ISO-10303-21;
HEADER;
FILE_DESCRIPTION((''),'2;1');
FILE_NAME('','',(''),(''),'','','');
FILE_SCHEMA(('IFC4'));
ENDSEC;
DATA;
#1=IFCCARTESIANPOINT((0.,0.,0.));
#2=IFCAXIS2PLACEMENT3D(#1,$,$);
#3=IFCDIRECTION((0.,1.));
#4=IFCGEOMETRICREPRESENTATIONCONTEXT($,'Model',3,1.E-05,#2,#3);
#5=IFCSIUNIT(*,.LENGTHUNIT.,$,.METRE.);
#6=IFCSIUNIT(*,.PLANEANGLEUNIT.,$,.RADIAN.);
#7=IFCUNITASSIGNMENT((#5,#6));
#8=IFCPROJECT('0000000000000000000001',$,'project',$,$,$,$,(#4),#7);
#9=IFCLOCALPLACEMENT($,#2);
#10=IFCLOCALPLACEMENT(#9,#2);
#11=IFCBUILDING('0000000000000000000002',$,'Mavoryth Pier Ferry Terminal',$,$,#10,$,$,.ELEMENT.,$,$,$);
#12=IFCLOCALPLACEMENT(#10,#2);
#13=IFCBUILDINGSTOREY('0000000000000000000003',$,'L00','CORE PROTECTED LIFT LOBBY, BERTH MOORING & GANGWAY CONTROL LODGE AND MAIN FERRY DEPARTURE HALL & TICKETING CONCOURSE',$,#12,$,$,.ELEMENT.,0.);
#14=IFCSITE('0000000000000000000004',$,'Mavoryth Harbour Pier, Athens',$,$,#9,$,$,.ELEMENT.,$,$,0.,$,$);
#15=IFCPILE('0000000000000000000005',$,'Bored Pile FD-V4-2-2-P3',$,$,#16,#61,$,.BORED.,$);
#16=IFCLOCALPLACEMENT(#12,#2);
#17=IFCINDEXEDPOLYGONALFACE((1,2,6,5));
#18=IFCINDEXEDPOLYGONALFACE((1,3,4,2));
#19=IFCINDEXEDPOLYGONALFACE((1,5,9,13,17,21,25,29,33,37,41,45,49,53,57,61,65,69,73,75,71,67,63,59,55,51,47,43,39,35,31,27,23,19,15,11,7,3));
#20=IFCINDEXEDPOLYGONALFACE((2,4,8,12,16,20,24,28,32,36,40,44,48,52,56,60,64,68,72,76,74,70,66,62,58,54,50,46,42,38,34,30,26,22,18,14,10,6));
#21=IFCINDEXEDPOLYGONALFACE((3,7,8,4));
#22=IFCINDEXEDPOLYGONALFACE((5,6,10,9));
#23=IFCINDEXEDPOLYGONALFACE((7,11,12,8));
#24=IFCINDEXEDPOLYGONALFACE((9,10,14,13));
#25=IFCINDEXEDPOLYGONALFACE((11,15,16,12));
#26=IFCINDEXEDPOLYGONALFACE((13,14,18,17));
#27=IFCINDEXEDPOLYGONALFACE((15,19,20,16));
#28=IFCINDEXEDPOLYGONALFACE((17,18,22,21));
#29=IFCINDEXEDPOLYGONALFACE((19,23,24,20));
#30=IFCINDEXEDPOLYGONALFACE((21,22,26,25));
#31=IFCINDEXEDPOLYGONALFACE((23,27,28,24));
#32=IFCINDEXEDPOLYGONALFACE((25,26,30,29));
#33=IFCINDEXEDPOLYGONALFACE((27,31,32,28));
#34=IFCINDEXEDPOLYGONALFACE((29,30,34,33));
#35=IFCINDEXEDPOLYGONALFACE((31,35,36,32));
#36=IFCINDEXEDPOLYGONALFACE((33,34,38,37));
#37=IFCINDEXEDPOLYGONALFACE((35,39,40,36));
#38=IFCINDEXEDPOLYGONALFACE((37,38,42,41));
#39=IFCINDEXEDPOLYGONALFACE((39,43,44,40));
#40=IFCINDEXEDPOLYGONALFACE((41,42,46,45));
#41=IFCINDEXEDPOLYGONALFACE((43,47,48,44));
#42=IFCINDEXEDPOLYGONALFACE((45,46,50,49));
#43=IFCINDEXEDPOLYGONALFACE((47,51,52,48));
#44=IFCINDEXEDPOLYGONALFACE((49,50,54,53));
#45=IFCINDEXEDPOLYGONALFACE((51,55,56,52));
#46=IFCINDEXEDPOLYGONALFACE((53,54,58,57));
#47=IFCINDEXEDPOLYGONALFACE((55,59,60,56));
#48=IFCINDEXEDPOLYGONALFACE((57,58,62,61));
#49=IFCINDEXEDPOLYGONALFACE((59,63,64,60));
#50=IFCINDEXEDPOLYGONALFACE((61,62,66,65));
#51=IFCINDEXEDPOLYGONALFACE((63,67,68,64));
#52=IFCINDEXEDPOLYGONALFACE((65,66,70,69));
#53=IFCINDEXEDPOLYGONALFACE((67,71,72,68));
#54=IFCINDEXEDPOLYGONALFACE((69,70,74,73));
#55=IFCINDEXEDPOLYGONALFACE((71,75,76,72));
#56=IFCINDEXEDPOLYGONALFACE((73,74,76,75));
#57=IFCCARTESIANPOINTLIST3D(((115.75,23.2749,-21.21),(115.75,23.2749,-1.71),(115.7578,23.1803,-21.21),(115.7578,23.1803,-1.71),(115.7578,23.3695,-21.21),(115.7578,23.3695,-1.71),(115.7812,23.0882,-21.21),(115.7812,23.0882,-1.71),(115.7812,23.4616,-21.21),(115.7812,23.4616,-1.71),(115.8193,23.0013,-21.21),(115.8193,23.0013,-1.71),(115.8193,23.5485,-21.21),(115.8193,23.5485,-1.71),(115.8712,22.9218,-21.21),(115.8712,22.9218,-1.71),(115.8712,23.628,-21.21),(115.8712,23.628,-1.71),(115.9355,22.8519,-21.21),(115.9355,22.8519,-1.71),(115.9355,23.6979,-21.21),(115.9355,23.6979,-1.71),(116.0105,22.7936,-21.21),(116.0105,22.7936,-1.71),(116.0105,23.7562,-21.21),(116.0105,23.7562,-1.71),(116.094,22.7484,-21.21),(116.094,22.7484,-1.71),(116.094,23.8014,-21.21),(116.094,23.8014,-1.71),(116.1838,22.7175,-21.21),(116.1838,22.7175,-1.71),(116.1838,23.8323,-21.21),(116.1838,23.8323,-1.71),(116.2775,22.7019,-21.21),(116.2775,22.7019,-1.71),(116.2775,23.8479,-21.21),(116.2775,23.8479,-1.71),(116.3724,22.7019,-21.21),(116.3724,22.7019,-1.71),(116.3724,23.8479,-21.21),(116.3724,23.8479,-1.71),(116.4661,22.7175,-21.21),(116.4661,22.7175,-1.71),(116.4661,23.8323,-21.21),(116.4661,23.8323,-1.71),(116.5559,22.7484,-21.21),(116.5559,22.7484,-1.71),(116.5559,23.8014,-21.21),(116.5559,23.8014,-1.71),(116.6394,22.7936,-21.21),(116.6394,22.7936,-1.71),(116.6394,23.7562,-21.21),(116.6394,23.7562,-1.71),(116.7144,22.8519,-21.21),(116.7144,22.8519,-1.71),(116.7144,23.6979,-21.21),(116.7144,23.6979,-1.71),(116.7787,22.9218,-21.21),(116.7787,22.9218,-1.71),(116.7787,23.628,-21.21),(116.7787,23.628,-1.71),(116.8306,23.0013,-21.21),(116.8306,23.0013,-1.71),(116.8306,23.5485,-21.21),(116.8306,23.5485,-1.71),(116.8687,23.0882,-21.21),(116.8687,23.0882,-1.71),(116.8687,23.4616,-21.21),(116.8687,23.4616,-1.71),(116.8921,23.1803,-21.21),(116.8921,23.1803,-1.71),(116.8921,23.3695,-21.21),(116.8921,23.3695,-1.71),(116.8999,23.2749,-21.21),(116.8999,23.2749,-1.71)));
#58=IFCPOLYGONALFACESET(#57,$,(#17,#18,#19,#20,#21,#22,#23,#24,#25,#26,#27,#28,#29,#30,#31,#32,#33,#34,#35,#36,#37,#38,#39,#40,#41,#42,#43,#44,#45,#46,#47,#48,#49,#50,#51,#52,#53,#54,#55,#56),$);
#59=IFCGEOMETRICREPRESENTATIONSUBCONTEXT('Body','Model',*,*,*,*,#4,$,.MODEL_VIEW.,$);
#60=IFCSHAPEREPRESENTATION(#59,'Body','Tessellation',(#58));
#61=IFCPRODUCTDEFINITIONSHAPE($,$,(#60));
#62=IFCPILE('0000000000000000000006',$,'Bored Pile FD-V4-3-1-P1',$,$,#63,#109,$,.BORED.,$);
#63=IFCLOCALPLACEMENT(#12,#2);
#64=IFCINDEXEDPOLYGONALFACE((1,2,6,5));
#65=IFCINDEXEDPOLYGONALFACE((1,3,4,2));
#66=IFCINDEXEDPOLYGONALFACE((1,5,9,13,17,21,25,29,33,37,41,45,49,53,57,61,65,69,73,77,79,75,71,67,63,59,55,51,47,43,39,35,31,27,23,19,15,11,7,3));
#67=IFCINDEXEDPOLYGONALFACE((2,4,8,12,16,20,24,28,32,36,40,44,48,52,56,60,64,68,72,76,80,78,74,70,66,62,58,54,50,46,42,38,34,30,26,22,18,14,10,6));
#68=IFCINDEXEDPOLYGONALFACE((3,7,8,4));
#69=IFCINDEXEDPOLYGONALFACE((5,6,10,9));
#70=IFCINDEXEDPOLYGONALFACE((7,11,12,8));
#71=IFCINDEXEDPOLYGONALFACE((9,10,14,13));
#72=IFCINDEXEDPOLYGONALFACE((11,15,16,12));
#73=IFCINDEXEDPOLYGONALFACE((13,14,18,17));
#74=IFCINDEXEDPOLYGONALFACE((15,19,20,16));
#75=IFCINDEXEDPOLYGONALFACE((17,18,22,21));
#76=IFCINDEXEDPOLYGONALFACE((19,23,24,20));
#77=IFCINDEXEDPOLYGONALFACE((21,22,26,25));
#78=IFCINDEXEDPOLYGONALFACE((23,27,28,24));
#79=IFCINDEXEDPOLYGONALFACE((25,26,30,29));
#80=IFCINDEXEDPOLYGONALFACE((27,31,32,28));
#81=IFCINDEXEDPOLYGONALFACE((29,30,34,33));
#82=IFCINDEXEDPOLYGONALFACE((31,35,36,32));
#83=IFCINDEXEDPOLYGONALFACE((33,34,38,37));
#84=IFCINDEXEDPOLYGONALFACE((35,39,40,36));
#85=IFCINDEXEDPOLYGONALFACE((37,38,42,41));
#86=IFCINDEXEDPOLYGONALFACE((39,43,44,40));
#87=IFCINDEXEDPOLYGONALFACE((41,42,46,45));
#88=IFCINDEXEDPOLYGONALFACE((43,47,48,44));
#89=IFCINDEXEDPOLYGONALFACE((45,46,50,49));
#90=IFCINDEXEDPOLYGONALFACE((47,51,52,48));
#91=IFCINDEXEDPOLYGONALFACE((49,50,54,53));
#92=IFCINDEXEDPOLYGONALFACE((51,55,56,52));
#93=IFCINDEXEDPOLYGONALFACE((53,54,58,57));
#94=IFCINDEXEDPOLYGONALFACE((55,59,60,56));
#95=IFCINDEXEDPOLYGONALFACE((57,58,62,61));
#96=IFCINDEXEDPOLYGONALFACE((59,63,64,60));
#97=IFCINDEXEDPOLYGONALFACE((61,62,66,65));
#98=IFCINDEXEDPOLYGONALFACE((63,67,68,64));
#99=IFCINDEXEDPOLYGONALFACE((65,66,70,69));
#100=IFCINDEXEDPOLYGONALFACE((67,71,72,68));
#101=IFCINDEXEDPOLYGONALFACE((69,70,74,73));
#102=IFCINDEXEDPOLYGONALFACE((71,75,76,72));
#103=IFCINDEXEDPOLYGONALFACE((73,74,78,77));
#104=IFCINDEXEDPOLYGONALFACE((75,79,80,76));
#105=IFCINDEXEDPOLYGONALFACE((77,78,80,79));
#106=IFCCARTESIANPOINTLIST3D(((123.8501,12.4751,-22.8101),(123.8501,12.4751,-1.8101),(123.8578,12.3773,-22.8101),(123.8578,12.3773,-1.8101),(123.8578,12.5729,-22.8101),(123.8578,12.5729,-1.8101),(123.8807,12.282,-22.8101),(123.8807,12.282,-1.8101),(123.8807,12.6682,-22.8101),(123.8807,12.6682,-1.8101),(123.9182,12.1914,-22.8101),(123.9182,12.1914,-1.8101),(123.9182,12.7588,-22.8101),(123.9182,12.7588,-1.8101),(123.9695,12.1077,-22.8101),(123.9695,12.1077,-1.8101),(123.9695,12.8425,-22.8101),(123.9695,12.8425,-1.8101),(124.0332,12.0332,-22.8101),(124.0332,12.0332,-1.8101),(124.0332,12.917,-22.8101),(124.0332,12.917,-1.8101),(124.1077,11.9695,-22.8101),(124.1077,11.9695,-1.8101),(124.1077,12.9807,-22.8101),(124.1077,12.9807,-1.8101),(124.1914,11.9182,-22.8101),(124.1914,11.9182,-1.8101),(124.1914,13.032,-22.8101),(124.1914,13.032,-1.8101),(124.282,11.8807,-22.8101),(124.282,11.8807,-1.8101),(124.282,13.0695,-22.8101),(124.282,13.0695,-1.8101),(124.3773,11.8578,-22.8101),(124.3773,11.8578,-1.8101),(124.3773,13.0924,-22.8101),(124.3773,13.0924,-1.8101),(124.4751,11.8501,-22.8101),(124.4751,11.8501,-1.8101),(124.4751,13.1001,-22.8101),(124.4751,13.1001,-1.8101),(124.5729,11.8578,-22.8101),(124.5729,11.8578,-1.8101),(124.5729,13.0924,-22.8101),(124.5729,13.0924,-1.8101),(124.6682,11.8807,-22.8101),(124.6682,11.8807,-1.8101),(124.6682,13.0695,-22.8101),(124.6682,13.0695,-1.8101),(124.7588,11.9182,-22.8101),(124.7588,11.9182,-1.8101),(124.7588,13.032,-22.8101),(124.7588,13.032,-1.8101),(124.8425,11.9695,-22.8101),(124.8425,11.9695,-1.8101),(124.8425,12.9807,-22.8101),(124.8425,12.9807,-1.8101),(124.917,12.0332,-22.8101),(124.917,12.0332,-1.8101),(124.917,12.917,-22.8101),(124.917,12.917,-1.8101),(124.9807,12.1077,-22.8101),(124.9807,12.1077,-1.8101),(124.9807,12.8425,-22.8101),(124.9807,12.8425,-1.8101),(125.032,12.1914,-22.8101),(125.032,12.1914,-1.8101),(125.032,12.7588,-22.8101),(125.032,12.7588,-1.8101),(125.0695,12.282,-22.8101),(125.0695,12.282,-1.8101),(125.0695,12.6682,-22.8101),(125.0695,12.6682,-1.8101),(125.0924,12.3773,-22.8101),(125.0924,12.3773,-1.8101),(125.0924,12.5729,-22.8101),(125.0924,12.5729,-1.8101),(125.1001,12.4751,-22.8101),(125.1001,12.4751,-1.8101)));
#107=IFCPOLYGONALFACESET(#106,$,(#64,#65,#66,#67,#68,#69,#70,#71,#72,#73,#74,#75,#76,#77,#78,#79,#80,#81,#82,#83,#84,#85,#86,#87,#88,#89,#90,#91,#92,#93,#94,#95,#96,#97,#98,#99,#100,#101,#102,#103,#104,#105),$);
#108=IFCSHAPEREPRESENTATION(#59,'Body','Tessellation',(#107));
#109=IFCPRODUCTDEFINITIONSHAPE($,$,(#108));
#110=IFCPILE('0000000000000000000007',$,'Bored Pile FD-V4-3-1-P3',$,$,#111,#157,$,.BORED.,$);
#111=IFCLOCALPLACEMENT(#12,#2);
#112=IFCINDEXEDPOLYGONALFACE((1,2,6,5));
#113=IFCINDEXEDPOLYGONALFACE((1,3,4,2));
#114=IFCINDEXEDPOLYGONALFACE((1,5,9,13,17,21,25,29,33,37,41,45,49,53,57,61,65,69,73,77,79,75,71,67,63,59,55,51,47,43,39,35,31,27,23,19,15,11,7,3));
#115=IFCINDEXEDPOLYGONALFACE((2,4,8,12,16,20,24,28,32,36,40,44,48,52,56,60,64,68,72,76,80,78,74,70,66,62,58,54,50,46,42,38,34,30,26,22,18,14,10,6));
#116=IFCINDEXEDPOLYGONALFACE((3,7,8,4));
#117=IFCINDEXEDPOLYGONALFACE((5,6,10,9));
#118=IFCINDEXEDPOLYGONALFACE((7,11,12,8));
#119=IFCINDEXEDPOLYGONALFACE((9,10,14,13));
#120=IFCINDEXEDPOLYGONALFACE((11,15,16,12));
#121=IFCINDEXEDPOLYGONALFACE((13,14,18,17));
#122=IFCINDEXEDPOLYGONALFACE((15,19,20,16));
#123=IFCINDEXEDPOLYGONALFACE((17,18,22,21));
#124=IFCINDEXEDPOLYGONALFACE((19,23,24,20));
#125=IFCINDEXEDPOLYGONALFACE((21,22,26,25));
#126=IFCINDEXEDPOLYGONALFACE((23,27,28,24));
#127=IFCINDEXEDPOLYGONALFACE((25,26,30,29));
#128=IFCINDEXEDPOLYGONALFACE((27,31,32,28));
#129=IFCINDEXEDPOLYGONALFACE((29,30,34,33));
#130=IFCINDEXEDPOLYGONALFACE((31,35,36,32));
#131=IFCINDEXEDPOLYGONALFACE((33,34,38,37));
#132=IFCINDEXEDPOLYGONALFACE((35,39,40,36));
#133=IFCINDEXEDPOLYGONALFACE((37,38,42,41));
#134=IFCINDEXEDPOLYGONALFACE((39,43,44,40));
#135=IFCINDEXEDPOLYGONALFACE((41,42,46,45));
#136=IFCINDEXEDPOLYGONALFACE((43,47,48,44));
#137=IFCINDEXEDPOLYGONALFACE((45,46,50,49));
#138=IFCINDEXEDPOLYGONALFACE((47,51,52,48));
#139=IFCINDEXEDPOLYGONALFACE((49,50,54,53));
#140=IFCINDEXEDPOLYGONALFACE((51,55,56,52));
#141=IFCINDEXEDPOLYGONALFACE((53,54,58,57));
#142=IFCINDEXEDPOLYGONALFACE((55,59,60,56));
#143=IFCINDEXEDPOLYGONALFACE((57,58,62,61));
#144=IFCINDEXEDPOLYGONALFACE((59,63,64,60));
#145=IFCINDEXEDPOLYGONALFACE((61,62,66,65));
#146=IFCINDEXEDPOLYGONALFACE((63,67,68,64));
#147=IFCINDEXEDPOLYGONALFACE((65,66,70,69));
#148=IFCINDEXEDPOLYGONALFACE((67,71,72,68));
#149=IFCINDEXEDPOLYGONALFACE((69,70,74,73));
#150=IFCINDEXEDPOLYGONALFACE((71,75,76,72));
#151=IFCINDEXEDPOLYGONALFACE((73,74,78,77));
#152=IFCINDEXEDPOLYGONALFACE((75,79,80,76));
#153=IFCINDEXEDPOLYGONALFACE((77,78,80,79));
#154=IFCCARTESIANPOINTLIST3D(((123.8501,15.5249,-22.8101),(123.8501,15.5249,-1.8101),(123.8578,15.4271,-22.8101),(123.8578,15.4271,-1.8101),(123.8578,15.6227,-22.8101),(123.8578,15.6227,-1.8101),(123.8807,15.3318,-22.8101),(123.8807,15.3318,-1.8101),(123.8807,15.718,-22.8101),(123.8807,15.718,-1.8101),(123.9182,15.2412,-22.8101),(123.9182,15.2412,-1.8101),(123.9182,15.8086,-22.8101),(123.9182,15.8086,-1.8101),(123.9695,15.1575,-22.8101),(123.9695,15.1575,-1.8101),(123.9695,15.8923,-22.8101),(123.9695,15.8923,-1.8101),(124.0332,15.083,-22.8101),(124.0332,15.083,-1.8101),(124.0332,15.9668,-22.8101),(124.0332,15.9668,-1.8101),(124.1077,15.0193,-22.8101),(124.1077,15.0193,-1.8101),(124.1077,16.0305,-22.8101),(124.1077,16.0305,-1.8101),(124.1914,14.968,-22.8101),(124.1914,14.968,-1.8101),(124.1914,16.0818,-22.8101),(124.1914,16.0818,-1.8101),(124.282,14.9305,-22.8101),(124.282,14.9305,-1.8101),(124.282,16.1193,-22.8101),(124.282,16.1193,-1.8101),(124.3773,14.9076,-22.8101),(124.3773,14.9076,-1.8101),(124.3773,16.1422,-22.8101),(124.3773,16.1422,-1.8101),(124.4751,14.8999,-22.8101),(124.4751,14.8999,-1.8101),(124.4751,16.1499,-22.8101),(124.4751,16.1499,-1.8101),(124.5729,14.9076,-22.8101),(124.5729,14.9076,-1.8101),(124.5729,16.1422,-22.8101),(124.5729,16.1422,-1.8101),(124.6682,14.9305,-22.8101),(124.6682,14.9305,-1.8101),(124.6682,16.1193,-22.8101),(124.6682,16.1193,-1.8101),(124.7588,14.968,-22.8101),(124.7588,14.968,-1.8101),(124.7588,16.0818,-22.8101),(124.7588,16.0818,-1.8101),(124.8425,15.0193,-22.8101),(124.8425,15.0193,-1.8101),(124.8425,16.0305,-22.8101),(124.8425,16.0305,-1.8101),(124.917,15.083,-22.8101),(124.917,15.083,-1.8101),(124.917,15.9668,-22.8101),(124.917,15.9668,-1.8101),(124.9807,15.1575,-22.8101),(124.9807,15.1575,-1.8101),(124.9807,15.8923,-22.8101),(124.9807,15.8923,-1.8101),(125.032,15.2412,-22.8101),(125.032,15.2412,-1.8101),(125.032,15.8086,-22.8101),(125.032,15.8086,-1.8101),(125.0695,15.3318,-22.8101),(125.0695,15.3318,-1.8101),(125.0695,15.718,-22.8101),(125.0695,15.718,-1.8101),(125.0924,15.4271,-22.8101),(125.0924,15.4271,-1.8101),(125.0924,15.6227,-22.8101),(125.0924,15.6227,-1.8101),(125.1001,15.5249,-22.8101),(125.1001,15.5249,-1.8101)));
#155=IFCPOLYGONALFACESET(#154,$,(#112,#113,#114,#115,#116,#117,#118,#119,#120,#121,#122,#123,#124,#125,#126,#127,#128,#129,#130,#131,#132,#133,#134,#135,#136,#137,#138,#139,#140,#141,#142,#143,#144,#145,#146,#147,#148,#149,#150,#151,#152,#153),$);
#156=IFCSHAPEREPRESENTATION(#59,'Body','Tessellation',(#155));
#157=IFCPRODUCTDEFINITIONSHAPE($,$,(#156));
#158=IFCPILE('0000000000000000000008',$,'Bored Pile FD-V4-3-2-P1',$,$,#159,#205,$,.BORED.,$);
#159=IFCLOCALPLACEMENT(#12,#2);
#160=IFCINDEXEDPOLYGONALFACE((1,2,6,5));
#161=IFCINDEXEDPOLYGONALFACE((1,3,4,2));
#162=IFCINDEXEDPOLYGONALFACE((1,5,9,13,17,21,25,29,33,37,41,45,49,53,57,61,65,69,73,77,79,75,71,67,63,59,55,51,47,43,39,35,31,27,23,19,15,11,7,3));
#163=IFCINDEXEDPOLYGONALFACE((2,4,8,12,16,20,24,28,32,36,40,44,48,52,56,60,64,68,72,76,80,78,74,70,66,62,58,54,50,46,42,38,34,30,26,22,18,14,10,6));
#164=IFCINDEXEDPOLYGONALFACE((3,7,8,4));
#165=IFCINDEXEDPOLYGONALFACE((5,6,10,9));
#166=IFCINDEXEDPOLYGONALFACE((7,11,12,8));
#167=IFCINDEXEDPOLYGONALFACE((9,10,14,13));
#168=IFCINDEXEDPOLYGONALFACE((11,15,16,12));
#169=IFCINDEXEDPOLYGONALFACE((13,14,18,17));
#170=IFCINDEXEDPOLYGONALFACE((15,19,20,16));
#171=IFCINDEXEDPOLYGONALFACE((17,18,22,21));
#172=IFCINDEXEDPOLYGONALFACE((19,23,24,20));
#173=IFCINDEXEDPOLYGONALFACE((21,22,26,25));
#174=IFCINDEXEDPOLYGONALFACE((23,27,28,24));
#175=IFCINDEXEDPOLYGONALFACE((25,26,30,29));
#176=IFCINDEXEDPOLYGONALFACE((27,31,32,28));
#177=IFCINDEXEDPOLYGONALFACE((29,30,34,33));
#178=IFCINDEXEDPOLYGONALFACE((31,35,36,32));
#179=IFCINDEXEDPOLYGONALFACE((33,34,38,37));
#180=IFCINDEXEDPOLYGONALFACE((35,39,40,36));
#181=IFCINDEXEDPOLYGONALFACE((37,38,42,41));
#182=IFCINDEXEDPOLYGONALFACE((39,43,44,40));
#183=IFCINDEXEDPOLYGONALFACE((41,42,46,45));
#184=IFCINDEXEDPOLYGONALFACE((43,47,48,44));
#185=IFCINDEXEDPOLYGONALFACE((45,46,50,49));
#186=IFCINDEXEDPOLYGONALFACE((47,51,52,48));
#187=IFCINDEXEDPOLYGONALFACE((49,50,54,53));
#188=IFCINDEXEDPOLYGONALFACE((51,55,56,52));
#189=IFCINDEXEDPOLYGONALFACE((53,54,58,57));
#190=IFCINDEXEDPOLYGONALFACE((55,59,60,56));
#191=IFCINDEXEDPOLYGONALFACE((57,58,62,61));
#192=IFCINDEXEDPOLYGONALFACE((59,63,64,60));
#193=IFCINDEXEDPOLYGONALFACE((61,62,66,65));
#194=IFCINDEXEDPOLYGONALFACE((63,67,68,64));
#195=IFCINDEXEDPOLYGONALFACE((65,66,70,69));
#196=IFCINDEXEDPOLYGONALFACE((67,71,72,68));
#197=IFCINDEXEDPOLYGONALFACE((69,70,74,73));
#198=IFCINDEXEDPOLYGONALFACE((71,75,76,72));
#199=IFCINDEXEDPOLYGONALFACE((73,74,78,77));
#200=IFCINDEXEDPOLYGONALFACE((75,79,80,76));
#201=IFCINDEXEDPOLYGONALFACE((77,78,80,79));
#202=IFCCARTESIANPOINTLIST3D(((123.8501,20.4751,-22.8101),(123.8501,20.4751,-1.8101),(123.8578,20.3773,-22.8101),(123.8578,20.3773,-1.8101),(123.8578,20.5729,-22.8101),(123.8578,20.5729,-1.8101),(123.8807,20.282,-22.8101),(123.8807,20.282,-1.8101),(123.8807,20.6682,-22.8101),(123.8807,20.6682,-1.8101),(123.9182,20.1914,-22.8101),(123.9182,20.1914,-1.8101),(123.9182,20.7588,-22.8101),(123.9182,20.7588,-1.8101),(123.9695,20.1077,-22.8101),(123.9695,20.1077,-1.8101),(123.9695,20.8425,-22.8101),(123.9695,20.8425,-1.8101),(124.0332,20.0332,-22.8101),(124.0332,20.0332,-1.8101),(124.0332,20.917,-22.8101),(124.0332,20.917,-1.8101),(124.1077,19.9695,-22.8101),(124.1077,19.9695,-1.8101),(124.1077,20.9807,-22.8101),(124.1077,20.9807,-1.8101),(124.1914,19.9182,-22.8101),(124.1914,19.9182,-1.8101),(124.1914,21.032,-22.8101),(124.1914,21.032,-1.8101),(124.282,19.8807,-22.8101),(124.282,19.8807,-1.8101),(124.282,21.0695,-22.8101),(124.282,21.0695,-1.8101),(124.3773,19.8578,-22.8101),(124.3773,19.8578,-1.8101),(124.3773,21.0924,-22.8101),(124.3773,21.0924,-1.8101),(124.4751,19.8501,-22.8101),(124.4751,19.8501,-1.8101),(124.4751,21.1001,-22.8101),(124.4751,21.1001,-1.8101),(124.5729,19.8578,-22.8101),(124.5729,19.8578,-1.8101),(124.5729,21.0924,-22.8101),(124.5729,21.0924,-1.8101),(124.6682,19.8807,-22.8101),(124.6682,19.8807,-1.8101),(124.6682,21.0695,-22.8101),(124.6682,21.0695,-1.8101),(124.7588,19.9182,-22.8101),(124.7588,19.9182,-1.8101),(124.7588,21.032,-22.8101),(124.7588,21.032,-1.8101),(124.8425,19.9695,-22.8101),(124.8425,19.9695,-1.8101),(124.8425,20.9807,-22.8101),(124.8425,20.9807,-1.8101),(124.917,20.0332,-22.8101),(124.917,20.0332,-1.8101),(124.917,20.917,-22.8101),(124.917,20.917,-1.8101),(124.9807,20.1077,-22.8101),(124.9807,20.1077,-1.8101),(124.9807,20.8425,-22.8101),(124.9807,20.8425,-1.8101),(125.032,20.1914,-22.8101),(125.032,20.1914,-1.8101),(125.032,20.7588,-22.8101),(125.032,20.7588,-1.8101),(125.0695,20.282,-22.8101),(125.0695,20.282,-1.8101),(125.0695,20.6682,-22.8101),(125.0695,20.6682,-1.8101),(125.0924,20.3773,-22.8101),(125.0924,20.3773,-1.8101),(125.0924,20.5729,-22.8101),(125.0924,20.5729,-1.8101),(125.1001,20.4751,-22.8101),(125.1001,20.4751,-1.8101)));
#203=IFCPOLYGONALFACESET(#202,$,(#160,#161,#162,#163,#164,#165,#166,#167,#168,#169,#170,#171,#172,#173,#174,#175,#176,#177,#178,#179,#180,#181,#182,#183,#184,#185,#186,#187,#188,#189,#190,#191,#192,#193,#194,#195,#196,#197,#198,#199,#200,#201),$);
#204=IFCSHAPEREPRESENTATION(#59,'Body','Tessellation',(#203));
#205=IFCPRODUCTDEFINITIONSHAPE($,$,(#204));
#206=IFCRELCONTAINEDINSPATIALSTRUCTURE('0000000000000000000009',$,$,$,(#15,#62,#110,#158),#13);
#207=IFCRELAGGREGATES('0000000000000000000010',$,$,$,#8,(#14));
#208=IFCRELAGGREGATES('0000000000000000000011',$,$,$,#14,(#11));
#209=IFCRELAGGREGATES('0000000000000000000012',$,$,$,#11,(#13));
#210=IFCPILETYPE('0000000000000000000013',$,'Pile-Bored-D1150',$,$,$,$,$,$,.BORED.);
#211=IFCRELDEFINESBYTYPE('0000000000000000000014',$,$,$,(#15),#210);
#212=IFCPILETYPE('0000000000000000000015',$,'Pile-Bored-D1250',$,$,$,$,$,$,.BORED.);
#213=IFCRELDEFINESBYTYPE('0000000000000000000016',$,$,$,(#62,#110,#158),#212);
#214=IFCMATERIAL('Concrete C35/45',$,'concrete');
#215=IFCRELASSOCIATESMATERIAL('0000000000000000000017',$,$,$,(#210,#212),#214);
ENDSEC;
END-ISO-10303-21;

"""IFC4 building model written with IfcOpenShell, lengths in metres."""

from ifc_helpers import new_model, si_unit, direction, frame, origin, origin_2d, place, context, subcontext, project, spatial, circle, extrude, material, material_profile, profile_set, type_object, element, save


model = new_model("IFC4")

# Units and contexts
model_context = context("Model", 3, precision=1e-05, world=origin(), true_north=direction((0.0, 1.0)))
body_context = subcontext(model_context, "Body", "Model", "MODEL_VIEW")
ifc_project = project(units=[si_unit("LENGTHUNIT", "METRE"), si_unit("PLANEANGLEUNIT", "RADIAN")], contexts=[model_context])

# Site, building, storey
site_placement = place(None, origin())
site = spatial("IfcSite", under=ifc_project, at=site_placement, Name="Mavoryth Harbour Pier, Athens", CompositionType="ELEMENT", RefElevation=0.0)
building_placement = place(site_placement, origin())
building = spatial("IfcBuilding", under=site, at=building_placement, Name="Mavoryth Pier Ferry Terminal", CompositionType="ELEMENT")
storey_placement = place(building_placement, origin())
storey = spatial("IfcBuildingStorey", under=building, at=storey_placement, Name="L00", Description="CORE PROTECTED LIFT LOBBY, BERTH MOORING & GANGWAY CONTROL LODGE AND MAIN FERRY DEPARTURE HALL & TICKETING CONCOURSE", CompositionType="ELEMENT", Elevation=0.0)

# Shared definitions
ifc_material_1 = material(Name="Concrete C35/45", Category="concrete")

# Piles
ifc_material_profile_1 = material_profile(ifc_material_1, circle(Radius=0.575, at=origin_2d()), Name="PILE D1150", Category="concrete")
ifc_profile_set_1 = profile_set([ifc_material_profile_1], Name="Concrete C35/45 - PILE D1150")
pile_type_1 = type_object("IfcPileType", Name="Pile-Bored-D1150", PredefinedType="BORED", material=ifc_profile_set_1)
for number, where, z_axis, x_axis, name in (
    (1, (116.325, 23.2749, -1.71), (0.0, 0.0, -1.0), (1.0, 0.0, 0.0), "Bored Pile FD-V4-2-2-P3"),
):
    element("IfcPile", number, at=place(storey_placement, frame(where, z_axis=z_axis, x_axis=x_axis)), inside=storey, type_object=pile_type_1, Name=name, PredefinedType="BORED", context=body_context, shape_type="SweptSolid", body=[
        extrude(circle(Radius=0.575, at=origin_2d()), origin(), (0.0, 0.0, 1.0), 19.5),
    ])
ifc_material_profile_2 = material_profile(ifc_material_1, circle(Radius=0.625, at=origin_2d()), Name="PILE D1250", Category="concrete")
ifc_profile_set_2 = profile_set([ifc_material_profile_2], Name="Concrete C35/45 - PILE D1250")
pile_type_2 = type_object("IfcPileType", Name="Pile-Bored-D1250", PredefinedType="BORED", material=ifc_profile_set_2)
for number, where, z_axis, x_axis, name in (
    (2, (124.4751, 12.4751, -1.8101), (0.0, 0.0, -1.0), (1.0, 0.0, 0.0), "Bored Pile FD-V4-3-1-P1"),
    (3, (124.4751, 15.5249, -1.8101), (0.0, 0.0, -1.0), (1.0, 0.0, 0.0), "Bored Pile FD-V4-3-1-P3"),
    (4, (124.4751, 20.4751, -1.8101), (0.0, 0.0, -1.0), (1.0, 0.0, 0.0), "Bored Pile FD-V4-3-2-P1"),
):
    element("IfcPile", number, at=place(storey_placement, frame(where, z_axis=z_axis, x_axis=x_axis)), inside=storey, type_object=pile_type_2, Name=name, PredefinedType="BORED", context=body_context, shape_type="SweptSolid", body=[
        extrude(circle(Radius=0.625, at=origin_2d()), origin(), (0.0, 0.0, 1.0), 21.0),
    ])

save(model, "model.ifc")
